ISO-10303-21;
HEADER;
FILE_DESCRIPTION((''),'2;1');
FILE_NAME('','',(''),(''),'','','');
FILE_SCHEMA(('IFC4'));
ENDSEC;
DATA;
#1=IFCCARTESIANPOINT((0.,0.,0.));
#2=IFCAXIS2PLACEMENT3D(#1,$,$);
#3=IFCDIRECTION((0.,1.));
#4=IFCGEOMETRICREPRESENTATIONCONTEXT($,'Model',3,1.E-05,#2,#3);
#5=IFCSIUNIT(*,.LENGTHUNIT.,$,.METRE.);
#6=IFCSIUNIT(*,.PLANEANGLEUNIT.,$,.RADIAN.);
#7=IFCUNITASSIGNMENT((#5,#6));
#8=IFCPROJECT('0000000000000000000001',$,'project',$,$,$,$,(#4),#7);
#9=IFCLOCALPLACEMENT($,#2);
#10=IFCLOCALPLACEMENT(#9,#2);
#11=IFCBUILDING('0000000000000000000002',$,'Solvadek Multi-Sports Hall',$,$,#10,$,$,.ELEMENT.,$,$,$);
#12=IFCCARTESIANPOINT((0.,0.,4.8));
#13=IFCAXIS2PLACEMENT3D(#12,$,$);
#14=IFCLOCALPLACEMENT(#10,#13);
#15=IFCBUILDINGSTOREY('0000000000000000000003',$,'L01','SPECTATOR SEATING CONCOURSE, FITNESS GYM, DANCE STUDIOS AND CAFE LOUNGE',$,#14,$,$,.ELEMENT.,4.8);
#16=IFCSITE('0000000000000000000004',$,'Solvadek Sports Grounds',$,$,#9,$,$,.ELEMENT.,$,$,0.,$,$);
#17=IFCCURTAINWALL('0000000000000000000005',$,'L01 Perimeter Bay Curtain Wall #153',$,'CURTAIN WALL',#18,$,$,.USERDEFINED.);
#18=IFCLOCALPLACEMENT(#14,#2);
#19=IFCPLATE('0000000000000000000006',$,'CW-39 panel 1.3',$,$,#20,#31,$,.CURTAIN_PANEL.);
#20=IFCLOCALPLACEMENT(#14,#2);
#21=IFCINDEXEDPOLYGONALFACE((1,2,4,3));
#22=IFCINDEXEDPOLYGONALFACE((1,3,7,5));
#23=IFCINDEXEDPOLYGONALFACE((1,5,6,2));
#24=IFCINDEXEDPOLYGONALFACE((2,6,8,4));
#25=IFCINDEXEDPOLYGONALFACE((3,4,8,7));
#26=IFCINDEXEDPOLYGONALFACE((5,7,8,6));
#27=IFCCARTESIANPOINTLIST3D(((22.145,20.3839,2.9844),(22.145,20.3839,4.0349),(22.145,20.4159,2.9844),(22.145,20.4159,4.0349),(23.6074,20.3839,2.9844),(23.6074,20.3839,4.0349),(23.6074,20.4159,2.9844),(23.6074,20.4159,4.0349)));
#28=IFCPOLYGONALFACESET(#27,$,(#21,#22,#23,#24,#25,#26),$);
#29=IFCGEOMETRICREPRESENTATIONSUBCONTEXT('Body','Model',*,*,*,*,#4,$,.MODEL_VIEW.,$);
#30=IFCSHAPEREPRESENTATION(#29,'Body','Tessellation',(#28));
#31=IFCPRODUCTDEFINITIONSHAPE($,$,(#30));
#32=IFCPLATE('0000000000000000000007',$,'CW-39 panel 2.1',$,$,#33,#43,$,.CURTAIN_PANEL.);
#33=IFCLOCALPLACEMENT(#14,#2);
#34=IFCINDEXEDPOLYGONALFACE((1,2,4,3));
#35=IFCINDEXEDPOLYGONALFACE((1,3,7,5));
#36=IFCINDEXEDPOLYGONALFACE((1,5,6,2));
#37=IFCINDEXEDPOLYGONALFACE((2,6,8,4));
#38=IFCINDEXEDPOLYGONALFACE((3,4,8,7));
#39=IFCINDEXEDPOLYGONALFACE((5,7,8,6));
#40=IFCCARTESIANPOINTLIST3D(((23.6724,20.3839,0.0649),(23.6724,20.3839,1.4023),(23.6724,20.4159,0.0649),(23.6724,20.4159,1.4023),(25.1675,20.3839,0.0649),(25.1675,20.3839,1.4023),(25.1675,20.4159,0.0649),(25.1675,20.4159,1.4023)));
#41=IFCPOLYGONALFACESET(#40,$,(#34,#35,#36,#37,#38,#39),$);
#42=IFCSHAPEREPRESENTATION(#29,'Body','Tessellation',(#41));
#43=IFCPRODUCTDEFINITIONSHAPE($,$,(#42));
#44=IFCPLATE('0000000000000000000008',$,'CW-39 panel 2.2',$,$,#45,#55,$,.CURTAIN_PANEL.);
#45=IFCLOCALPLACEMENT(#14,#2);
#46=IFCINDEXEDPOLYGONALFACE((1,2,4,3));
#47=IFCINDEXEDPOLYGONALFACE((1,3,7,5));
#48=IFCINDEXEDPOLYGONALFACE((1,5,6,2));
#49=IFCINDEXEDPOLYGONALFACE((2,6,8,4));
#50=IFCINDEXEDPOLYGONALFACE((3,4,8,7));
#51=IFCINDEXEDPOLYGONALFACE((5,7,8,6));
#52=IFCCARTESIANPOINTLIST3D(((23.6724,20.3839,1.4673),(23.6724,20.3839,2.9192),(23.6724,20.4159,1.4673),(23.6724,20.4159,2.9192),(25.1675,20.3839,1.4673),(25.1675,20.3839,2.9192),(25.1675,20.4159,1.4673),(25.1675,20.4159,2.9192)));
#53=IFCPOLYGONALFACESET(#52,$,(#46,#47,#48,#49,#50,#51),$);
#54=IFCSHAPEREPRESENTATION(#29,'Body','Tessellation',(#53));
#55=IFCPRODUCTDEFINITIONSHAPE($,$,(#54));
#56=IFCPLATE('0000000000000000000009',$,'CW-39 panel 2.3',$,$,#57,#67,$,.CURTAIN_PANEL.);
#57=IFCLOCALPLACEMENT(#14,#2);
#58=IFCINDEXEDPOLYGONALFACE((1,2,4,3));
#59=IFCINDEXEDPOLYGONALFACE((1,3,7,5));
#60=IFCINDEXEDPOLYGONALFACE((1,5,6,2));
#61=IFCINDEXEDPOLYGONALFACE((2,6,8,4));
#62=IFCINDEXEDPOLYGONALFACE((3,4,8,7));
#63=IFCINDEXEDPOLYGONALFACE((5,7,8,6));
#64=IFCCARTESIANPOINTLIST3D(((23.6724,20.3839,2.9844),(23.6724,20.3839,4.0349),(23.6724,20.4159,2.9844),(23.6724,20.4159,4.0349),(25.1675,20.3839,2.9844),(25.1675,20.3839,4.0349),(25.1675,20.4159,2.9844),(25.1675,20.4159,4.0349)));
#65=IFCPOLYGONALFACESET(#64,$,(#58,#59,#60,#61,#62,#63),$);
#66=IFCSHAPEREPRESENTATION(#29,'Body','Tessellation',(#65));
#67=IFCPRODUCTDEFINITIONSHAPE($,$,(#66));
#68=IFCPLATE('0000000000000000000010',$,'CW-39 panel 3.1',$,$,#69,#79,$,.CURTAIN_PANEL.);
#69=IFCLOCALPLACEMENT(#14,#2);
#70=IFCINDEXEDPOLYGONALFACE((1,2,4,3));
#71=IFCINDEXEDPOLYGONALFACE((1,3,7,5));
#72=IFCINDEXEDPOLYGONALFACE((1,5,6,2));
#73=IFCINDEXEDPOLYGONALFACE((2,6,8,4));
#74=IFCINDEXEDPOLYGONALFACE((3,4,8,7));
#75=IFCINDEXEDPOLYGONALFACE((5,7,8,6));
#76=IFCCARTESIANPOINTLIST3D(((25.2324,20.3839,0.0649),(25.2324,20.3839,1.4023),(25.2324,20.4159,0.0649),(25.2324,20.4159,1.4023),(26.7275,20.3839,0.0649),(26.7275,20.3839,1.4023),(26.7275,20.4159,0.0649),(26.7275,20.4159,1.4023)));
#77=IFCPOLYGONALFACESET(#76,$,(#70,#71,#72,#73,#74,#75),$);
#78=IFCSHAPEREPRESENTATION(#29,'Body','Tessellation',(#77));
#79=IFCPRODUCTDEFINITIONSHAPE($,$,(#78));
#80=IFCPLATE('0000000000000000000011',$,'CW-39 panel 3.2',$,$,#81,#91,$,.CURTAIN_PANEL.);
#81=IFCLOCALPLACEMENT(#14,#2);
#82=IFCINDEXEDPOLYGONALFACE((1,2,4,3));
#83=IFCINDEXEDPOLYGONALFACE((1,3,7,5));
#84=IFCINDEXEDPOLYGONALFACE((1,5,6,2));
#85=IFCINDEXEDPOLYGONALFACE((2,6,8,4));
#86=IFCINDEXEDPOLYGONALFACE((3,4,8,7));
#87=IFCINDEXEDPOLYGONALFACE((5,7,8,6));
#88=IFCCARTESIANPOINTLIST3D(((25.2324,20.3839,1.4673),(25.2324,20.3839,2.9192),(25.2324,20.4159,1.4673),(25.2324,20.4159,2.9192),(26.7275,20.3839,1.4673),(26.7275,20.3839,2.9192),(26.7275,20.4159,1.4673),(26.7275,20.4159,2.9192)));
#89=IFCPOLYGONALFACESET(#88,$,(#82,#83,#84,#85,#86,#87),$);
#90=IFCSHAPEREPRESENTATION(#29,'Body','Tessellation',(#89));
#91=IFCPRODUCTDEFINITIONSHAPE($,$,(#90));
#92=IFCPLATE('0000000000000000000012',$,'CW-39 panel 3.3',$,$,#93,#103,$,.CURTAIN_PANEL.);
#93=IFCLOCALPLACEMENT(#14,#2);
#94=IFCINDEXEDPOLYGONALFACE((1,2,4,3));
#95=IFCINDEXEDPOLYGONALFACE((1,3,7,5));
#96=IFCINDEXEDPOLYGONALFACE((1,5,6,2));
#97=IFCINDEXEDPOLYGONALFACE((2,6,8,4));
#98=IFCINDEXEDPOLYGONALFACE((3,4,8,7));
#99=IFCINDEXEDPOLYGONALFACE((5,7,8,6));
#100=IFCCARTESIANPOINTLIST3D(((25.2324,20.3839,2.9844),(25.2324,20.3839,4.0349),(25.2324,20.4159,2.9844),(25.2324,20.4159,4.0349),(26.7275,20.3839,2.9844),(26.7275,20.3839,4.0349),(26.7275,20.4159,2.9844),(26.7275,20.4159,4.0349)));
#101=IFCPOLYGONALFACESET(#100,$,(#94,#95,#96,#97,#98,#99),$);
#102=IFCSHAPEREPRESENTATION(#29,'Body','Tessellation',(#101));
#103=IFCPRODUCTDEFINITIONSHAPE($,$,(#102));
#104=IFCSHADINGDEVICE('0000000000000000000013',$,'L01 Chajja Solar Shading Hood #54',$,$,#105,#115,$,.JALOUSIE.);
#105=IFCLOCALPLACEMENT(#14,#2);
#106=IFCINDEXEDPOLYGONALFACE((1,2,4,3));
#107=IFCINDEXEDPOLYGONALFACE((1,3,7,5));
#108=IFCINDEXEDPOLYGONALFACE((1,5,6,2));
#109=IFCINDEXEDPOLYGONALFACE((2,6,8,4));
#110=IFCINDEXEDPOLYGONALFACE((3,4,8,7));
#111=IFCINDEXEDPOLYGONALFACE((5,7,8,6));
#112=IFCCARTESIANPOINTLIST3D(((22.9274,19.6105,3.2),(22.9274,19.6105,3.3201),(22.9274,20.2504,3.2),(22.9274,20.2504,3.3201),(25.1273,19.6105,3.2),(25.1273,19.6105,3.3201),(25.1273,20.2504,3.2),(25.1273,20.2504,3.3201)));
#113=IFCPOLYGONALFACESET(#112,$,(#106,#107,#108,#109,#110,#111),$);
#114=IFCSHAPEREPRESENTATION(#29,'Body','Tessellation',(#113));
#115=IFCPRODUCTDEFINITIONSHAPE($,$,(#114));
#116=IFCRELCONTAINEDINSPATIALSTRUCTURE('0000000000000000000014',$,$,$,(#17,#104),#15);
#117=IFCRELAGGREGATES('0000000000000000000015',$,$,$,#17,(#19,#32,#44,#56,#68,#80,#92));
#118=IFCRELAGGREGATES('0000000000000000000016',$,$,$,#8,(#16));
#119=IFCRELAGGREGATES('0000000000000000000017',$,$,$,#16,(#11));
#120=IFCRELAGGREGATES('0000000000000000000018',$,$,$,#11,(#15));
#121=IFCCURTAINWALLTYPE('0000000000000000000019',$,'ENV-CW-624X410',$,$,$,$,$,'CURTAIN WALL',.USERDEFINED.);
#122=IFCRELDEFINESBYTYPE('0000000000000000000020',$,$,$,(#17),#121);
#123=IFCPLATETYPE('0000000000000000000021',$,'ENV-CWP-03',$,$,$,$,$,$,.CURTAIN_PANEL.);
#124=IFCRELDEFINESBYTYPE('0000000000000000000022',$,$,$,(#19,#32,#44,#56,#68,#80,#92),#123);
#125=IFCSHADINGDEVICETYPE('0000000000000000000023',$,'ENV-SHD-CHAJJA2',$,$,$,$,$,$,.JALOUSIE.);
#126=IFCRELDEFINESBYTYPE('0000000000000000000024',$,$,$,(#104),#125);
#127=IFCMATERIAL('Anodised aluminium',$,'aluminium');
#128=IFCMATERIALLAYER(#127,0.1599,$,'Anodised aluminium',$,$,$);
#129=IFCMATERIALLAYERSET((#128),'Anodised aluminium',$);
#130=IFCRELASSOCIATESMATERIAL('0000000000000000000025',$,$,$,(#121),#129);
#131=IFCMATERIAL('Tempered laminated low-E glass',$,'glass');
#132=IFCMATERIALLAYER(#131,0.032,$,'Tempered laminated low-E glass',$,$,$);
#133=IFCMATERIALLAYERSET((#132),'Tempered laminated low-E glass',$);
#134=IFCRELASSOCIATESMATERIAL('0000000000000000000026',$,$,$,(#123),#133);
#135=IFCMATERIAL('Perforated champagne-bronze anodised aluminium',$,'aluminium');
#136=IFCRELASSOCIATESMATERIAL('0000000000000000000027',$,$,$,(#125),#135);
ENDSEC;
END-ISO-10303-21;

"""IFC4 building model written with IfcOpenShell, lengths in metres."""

from ifc_helpers import new_model, si_unit, direction, frame, origin, origin_2d, place, context, subcontext, project, spatial, rectangle, extrude, material, layer, layer_set, type_object, element, aggregate, save


model = new_model("IFC4")

# Units and contexts
model_context = context("Model", 3, precision=1e-05, world=origin(), true_north=direction((0.0, 1.0)))
body_context = subcontext(model_context, "Body", "Model", "MODEL_VIEW")
ifc_project = project(units=[si_unit("LENGTHUNIT", "METRE"), si_unit("PLANEANGLEUNIT", "RADIAN")], contexts=[model_context])

# Site, building, storey
site_placement = place(None, origin())
site = spatial("IfcSite", under=ifc_project, at=site_placement, Name="Solvadek Sports Grounds", CompositionType="ELEMENT", RefElevation=0.0)
building_placement = place(site_placement, origin())
building = spatial("IfcBuilding", under=site, at=building_placement, Name="Solvadek Multi-Sports Hall", CompositionType="ELEMENT")
storey_placement = place(building_placement, frame((0.0, 0.0, 4.8)))
storey = spatial("IfcBuildingStorey", under=building, at=storey_placement, Name="L01", Description="SPECTATOR SEATING CONCOURSE, FITNESS GYM, DANCE STUDIOS AND CAFE LOUNGE", CompositionType="ELEMENT", Elevation=4.8)

# Shared definitions
ifc_material_1 = material(Name="Anodised aluminium", Category="aluminium")

# Curtain wall
ifc_layer_1 = layer(ifc_material_1, 0.1599, Name="Anodised aluminium")
ifc_layer_set_1 = layer_set([ifc_layer_1], Name="Anodised aluminium")
curtain_wall_type_1 = type_object("IfcCurtainWallType", Name="ENV-CW-624X410", ElementType="CURTAIN WALL", PredefinedType="USERDEFINED", material=ifc_layer_set_1)
curtain_wall_1_placement = place(storey_placement, origin())
curtain_wall_1 = element("IfcCurtainWall", 1, at=curtain_wall_1_placement, inside=storey, type_object=curtain_wall_type_1, Name="L01 Perimeter Bay Curtain Wall #153", ObjectType="CURTAIN WALL", PredefinedType="USERDEFINED")

# Plates
ifc_material_2 = material(Name="Tempered laminated low-E glass", Category="glass")
ifc_layer_2 = layer(ifc_material_2, 0.032, Name="Tempered laminated low-E glass")
ifc_layer_set_2 = layer_set([ifc_layer_2], Name="Tempered laminated low-E glass")
plate_type = type_object("IfcPlateType", Name="ENV-CWP-03", PredefinedType="CURTAIN_PANEL", material=ifc_layer_set_2)
plate_1_placement = place(storey_placement, frame((22.8762, 20.3999, 2.9844), z_axis=(0.0, 0.0, 1.0), x_axis=(1.0, 0.0, 0.0)))
plate_1 = element("IfcPlate", 2, at=plate_1_placement, type_object=plate_type, Name="CW-39 panel 1.3", PredefinedType="CURTAIN_PANEL", context=body_context, shape_type="SweptSolid", body=[
    extrude(rectangle(XDim=1.4624, YDim=0.032, at=origin_2d()), origin(), (0.0, 0.0, 1.0), 1.0505),
])
plate_2_placement = place(storey_placement, frame((24.4199, 20.3999, 0.0649), z_axis=(0.0, 0.0, 1.0), x_axis=(1.0, 0.0, 0.0)))
plate_2 = element("IfcPlate", 3, at=plate_2_placement, type_object=plate_type, Name="CW-39 panel 2.1", PredefinedType="CURTAIN_PANEL", context=body_context, shape_type="SweptSolid", body=[
    extrude(rectangle(XDim=1.4951, YDim=0.032, at=origin_2d()), origin(), (0.0, 0.0, 1.0), 1.3374),
])
plate_3_placement = place(storey_placement, frame((24.4199, 20.3999, 1.4673), z_axis=(0.0, 0.0, 1.0), x_axis=(1.0, 0.0, 0.0)))
plate_3 = element("IfcPlate", 4, at=plate_3_placement, type_object=plate_type, Name="CW-39 panel 2.2", PredefinedType="CURTAIN_PANEL", context=body_context, shape_type="SweptSolid", body=[
    extrude(rectangle(XDim=1.4951, YDim=0.032, at=origin_2d()), origin(), (0.0, 0.0, 1.0), 1.4519),
])
plate_4_placement = place(storey_placement, frame((24.4199, 20.3999, 2.9844), z_axis=(0.0, 0.0, 1.0), x_axis=(1.0, 0.0, 0.0)))
plate_4 = element("IfcPlate", 5, at=plate_4_placement, type_object=plate_type, Name="CW-39 panel 2.3", PredefinedType="CURTAIN_PANEL", context=body_context, shape_type="SweptSolid", body=[
    extrude(rectangle(XDim=1.4951, YDim=0.032, at=origin_2d()), origin(), (0.0, 0.0, 1.0), 1.0505),
])
plate_5_placement = place(storey_placement, frame((25.98, 20.3999, 0.0649), z_axis=(0.0, 0.0, 1.0), x_axis=(1.0, 0.0, 0.0)))
plate_5 = element("IfcPlate", 6, at=plate_5_placement, type_object=plate_type, Name="CW-39 panel 3.1", PredefinedType="CURTAIN_PANEL", context=body_context, shape_type="SweptSolid", body=[
    extrude(rectangle(XDim=1.4951, YDim=0.032, at=origin_2d()), origin(), (0.0, 0.0, 1.0), 1.3374),
])
plate_6_placement = place(storey_placement, frame((25.98, 20.3999, 1.4673), z_axis=(0.0, 0.0, 1.0), x_axis=(1.0, 0.0, 0.0)))
plate_6 = element("IfcPlate", 7, at=plate_6_placement, type_object=plate_type, Name="CW-39 panel 3.2", PredefinedType="CURTAIN_PANEL", context=body_context, shape_type="SweptSolid", body=[
    extrude(rectangle(XDim=1.4951, YDim=0.032, at=origin_2d()), origin(), (0.0, 0.0, 1.0), 1.4519),
])
plate_7_placement = place(storey_placement, frame((25.98, 20.3999, 2.9844), z_axis=(0.0, 0.0, 1.0), x_axis=(1.0, 0.0, 0.0)))
plate_7 = element("IfcPlate", 8, at=plate_7_placement, type_object=plate_type, Name="CW-39 panel 3.3", PredefinedType="CURTAIN_PANEL", context=body_context, shape_type="SweptSolid", body=[
    extrude(rectangle(XDim=1.4951, YDim=0.032, at=origin_2d()), origin(), (0.0, 0.0, 1.0), 1.0505),
])
aggregate(curtain_wall_1, [plate_1, plate_2, plate_3, plate_4, plate_5, plate_6, plate_7])

# Shading device
ifc_material_3 = material(Name="Perforated champagne-bronze anodised aluminium", Category="aluminium")
shading_device_type = type_object("IfcShadingDeviceType", Name="ENV-SHD-CHAJJA2", PredefinedType="JALOUSIE", material=ifc_material_3)
shading_device_placement = place(storey_placement, frame((24.0273, 19.9304, 3.2), z_axis=(0.0, 0.0, 1.0), x_axis=(1.0, 0.0, 0.0)))
element("IfcShadingDevice", 9, at=shading_device_placement, inside=storey, type_object=shading_device_type, Name="L01 Chajja Solar Shading Hood #54", PredefinedType="JALOUSIE", context=body_context, shape_type="SweptSolid", body=[
    extrude(rectangle(XDim=2.2, YDim=0.6399, at=origin_2d()), origin(), (0.0, 0.0, 1.0), 0.1201),
])

save(model, "model.ifc")
